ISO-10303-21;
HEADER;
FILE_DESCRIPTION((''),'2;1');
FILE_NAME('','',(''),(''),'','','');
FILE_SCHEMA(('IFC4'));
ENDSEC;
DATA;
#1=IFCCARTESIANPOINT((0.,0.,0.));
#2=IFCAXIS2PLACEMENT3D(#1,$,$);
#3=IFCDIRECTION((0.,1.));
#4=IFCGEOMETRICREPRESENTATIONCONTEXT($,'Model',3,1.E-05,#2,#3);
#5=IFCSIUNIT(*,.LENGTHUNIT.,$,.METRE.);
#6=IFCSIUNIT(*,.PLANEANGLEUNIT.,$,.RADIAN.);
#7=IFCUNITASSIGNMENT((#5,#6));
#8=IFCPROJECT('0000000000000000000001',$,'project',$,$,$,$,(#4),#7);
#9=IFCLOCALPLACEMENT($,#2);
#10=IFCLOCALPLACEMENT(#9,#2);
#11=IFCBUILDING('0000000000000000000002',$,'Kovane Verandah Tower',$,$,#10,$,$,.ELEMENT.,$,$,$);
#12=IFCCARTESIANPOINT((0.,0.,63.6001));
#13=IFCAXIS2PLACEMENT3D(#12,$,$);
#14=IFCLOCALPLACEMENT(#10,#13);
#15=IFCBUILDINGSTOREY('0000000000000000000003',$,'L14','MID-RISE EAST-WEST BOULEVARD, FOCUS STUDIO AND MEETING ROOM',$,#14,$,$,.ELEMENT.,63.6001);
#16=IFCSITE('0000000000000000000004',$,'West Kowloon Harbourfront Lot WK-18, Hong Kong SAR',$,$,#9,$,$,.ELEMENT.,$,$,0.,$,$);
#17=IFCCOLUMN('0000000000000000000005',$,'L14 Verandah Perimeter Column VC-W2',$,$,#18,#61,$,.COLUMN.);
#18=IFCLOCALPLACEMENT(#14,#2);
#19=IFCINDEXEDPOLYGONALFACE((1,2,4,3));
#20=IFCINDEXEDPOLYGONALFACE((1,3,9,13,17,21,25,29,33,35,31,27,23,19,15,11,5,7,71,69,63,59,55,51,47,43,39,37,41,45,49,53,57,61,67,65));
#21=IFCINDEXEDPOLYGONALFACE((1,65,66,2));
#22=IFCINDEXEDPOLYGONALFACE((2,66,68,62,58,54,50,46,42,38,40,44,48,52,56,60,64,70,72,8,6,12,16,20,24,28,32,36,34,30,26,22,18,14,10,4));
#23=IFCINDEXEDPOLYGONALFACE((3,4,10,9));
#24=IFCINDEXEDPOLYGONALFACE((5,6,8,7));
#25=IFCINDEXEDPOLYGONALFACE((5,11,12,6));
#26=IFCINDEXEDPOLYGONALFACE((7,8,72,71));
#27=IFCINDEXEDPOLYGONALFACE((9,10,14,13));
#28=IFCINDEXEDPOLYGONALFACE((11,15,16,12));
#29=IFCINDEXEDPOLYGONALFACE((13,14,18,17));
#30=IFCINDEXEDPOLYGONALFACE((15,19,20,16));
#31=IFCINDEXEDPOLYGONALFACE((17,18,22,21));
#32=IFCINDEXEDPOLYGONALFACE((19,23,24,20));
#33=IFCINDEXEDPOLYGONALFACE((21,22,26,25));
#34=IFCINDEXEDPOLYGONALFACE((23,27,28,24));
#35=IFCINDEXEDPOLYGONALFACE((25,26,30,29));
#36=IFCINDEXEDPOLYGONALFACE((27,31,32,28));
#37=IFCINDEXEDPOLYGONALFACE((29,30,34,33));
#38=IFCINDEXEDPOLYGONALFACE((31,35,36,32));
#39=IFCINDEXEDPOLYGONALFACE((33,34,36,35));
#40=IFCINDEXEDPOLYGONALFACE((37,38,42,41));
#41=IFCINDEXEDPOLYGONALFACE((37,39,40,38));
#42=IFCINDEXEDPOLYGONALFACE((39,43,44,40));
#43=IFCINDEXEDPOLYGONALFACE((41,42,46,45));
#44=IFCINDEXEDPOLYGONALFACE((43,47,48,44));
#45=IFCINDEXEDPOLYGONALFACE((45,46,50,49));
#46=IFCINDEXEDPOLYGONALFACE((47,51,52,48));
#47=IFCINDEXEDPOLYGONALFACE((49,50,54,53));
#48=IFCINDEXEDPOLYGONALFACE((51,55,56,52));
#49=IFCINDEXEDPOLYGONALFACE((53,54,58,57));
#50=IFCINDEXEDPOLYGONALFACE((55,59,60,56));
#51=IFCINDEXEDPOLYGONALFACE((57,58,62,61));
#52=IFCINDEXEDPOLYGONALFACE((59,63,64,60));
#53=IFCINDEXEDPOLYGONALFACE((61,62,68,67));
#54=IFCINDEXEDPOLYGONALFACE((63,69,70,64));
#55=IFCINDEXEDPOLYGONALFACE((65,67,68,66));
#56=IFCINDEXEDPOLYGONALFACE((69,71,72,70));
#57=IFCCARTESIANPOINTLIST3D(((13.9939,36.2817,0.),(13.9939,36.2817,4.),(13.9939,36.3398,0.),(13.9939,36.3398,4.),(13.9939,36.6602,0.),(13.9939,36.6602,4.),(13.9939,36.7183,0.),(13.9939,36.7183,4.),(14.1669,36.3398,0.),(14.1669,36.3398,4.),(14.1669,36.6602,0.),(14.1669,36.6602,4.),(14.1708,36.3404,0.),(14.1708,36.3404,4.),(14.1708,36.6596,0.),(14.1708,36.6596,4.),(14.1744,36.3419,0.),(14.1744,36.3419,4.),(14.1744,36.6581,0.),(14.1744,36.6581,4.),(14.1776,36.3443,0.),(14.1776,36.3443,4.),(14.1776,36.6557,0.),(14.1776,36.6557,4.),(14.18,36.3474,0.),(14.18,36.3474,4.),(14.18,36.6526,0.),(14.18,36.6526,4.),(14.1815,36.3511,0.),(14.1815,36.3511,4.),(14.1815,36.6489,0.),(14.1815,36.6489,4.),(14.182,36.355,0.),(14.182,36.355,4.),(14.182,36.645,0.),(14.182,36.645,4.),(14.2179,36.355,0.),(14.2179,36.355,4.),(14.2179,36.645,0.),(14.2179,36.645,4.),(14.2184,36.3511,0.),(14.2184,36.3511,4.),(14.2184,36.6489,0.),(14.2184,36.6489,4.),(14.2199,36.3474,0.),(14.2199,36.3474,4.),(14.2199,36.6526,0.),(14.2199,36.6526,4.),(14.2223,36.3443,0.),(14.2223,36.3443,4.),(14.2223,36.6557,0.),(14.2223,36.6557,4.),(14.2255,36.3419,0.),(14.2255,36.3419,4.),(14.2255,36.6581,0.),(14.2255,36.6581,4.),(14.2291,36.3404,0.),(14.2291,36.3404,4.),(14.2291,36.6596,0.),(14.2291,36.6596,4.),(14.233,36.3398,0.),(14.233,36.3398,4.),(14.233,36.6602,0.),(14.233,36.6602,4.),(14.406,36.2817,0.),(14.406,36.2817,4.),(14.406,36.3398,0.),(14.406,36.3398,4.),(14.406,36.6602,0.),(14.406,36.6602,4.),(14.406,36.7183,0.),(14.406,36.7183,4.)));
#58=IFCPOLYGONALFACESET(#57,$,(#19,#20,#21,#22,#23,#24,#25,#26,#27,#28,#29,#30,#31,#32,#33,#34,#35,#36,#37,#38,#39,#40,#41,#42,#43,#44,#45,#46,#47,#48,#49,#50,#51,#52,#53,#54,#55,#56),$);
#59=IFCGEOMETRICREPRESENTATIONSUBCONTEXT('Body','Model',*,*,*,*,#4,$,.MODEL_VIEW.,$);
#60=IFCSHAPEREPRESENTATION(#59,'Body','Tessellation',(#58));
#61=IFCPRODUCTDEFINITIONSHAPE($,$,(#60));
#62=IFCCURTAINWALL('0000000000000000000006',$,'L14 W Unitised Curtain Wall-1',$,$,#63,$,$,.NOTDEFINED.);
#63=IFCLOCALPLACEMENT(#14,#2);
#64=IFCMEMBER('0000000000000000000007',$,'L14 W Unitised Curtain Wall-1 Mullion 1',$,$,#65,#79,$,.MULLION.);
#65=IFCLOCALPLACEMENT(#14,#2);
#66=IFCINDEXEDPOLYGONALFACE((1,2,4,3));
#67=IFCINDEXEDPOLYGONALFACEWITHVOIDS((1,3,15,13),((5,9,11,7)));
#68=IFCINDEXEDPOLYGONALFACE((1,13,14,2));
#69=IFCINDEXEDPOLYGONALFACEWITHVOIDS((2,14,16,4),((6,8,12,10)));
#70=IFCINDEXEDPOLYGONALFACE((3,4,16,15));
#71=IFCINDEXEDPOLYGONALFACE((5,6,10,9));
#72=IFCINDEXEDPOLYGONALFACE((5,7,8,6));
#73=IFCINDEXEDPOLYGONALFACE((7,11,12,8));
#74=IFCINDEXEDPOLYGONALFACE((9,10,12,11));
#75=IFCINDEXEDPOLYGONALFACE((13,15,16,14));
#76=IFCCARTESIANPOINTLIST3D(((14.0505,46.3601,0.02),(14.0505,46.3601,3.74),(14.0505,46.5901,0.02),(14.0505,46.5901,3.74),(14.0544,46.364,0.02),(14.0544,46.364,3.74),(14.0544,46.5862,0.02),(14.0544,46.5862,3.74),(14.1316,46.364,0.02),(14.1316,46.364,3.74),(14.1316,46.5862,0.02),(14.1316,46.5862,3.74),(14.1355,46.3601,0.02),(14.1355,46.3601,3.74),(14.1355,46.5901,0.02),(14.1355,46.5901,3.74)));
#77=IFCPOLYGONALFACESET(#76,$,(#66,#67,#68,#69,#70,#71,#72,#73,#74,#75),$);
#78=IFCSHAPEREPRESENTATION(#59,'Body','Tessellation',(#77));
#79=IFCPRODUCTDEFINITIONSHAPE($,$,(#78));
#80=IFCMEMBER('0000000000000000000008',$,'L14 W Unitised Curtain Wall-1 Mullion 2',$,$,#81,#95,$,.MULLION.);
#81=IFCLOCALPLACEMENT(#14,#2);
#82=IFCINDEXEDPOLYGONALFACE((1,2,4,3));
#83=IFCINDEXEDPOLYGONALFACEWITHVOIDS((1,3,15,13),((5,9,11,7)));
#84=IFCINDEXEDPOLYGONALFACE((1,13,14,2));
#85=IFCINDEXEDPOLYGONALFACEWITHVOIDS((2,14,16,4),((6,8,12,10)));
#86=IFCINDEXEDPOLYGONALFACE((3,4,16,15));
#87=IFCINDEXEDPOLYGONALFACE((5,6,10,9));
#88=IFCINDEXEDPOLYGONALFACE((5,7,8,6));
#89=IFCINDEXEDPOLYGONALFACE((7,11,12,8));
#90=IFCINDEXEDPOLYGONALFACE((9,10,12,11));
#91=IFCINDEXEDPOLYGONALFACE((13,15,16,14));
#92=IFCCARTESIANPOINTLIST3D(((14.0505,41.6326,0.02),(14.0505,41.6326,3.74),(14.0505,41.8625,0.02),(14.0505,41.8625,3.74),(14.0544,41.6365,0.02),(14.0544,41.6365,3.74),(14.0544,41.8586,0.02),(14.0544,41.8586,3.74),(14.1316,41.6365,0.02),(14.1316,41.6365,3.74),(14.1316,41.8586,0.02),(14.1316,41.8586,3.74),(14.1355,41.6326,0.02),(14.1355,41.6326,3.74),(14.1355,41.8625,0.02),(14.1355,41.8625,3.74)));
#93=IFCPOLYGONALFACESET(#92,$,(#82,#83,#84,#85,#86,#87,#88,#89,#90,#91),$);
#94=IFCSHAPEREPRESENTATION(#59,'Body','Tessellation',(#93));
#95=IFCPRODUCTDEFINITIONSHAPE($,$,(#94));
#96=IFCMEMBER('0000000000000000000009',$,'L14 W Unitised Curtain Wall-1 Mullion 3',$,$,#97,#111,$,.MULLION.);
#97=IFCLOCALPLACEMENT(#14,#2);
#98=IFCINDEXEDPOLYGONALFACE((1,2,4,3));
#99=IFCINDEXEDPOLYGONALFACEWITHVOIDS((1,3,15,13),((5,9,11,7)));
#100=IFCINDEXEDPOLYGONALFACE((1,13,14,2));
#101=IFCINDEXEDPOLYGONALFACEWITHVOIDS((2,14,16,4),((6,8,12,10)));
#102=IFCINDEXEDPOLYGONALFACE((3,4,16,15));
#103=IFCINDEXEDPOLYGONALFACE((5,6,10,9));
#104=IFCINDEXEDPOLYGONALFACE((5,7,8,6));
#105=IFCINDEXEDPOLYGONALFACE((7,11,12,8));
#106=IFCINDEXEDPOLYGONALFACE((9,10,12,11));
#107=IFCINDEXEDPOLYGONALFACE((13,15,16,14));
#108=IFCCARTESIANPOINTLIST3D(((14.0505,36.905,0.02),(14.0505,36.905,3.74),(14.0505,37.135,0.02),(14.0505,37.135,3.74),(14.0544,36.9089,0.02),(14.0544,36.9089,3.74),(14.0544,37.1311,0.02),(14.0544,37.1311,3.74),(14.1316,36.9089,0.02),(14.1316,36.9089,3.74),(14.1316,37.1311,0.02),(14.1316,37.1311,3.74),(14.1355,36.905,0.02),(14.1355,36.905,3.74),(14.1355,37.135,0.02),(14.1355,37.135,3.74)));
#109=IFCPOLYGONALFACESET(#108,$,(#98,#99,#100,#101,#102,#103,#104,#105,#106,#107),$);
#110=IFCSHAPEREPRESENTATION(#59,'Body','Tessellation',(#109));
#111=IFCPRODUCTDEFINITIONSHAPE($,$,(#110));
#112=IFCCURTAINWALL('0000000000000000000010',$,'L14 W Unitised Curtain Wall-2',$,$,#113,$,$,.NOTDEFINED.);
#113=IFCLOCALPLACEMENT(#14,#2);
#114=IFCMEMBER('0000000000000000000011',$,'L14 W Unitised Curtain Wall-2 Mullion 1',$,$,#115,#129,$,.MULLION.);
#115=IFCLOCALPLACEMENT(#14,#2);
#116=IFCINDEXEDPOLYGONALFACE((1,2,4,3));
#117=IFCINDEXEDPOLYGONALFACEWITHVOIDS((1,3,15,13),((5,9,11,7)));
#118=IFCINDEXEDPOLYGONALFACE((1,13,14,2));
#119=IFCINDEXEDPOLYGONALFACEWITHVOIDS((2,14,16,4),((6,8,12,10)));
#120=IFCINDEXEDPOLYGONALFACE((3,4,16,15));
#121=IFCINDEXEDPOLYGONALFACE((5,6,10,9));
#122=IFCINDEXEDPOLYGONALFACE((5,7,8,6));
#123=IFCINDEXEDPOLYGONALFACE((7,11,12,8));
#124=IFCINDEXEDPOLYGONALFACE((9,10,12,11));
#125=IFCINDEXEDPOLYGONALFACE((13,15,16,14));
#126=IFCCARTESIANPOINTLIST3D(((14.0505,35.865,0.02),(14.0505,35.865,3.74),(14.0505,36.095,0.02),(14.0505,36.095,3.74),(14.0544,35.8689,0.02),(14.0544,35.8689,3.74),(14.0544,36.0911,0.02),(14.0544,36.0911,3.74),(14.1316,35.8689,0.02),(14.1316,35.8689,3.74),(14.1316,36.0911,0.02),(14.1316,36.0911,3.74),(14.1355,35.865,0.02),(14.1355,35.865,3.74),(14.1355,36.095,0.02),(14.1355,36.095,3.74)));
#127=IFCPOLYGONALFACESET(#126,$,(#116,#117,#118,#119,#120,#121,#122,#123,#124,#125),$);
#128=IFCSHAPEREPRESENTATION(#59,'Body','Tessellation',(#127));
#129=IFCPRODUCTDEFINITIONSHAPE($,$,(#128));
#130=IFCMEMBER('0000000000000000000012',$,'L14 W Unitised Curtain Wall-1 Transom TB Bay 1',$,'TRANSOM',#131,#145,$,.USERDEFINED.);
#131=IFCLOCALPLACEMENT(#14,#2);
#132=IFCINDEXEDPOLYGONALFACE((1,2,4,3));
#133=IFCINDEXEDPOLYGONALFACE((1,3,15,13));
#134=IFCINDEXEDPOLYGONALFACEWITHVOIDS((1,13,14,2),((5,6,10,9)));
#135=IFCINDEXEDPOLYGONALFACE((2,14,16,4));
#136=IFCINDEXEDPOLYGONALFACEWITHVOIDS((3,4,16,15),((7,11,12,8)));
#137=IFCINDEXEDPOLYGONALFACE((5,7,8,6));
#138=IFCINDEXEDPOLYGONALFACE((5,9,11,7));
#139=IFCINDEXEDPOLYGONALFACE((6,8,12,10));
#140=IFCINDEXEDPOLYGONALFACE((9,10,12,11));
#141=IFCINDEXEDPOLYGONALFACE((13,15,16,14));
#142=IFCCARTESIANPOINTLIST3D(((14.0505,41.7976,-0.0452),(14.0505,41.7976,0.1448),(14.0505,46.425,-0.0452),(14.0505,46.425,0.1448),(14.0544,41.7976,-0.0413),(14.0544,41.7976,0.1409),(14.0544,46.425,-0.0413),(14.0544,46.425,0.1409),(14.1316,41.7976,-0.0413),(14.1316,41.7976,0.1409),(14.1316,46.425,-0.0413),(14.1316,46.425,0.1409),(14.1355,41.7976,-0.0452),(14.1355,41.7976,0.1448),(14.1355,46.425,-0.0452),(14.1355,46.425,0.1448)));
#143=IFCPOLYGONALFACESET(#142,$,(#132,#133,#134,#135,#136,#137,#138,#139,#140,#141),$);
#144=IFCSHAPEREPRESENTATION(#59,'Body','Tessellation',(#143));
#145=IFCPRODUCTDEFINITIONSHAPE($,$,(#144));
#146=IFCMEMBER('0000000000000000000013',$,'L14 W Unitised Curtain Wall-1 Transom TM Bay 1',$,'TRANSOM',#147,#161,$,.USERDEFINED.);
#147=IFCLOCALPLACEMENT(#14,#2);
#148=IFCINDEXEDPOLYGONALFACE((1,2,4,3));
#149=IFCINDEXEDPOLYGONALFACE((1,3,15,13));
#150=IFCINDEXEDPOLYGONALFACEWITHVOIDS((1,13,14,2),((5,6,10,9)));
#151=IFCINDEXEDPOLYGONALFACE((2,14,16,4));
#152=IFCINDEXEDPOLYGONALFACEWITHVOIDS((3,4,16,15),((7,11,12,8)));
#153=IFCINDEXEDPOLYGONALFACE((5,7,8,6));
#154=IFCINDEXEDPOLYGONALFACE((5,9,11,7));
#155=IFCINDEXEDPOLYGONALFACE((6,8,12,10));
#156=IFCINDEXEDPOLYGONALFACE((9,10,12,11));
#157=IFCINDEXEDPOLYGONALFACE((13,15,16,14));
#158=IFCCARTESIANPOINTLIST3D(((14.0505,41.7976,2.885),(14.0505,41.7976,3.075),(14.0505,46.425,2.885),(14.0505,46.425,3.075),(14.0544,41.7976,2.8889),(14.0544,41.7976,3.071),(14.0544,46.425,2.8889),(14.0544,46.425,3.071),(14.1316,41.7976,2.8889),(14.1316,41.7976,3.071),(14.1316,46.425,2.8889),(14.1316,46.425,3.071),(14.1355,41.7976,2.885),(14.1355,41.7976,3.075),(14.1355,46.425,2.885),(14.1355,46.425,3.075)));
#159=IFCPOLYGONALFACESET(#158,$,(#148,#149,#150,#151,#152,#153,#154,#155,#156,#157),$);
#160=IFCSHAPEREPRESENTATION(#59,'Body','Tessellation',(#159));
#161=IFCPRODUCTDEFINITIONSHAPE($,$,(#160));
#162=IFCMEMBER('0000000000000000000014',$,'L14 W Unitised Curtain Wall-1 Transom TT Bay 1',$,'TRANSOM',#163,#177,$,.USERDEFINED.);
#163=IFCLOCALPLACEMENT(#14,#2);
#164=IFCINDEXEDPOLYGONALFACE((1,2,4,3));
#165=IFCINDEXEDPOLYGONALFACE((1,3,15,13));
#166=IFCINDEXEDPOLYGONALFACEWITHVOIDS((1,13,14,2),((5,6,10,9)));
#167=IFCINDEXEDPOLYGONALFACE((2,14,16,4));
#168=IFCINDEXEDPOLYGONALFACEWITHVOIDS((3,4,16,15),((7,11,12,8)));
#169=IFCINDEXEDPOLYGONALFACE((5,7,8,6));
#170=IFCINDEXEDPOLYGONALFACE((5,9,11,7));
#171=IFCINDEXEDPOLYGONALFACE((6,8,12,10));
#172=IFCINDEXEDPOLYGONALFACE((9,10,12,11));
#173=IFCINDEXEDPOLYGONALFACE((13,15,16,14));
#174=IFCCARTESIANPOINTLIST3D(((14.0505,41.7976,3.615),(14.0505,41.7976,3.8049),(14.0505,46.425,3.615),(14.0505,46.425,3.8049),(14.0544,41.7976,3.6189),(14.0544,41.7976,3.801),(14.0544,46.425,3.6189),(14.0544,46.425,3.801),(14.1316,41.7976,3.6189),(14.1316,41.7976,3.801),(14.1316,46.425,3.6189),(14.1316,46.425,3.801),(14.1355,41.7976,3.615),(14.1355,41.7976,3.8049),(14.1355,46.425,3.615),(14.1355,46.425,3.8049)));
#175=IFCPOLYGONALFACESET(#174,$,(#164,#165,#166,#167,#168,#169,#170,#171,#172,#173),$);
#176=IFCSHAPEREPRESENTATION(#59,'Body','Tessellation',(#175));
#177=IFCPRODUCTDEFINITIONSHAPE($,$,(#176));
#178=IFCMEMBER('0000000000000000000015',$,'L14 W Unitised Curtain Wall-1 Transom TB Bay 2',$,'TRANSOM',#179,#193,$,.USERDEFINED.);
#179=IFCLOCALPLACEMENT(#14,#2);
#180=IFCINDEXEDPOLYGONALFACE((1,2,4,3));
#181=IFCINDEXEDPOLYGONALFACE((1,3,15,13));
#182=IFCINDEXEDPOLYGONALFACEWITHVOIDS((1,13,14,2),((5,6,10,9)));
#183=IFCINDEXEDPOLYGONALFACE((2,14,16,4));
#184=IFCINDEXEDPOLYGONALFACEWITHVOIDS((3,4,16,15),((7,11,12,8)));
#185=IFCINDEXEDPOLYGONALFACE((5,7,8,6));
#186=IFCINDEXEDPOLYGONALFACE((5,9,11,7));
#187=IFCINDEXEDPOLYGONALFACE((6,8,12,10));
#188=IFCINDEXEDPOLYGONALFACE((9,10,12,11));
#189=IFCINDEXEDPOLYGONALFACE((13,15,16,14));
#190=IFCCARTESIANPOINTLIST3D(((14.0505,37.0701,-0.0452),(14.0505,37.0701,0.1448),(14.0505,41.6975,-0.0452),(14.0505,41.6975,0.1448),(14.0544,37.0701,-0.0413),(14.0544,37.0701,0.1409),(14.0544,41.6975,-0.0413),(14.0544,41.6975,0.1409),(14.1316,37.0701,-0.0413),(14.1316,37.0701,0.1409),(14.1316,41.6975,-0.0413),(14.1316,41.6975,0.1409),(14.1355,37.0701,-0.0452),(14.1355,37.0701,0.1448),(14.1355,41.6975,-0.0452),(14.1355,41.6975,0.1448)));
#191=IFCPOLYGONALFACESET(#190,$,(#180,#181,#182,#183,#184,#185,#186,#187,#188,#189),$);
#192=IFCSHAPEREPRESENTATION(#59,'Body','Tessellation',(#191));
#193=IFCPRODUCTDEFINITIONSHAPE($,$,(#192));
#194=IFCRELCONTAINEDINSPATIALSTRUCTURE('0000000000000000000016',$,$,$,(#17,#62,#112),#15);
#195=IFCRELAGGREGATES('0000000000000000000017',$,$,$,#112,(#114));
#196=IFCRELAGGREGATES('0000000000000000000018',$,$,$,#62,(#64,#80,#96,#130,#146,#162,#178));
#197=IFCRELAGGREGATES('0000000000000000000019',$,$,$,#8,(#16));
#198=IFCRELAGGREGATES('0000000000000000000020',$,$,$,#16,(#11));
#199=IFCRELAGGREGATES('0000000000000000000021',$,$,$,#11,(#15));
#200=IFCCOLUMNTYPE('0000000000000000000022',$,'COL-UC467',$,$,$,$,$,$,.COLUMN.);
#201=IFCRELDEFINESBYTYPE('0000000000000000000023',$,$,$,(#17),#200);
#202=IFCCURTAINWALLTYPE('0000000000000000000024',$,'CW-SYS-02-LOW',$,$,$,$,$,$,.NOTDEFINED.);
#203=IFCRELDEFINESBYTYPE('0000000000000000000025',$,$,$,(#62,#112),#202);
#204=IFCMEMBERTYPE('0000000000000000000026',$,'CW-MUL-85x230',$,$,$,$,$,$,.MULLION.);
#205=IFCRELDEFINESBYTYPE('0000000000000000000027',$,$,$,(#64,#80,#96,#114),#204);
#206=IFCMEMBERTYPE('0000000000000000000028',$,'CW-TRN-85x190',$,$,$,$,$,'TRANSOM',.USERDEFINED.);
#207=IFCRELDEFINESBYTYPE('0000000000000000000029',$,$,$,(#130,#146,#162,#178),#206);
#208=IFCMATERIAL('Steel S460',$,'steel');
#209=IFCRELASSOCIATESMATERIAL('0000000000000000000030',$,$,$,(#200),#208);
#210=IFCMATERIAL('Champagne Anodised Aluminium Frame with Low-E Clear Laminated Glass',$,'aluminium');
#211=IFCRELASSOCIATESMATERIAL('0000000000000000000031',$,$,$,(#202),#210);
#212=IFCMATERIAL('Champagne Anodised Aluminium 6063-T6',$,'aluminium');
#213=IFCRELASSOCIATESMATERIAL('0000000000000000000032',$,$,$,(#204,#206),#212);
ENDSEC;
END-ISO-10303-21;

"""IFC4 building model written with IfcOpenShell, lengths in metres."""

from ifc_helpers import new_model, si_unit, direction, frame, origin, origin_2d, place, context, subcontext, project, spatial, hollow_rectangle, i_section, extrude, material, material_profile, profile_set, type_object, element, aggregate, save


model = new_model("IFC4")

# Units and contexts
model_context = context("Model", 3, precision=1e-05, world=origin(), true_north=direction((0.0, 1.0)))
body_context = subcontext(model_context, "Body", "Model", "MODEL_VIEW")
ifc_project = project(units=[si_unit("LENGTHUNIT", "METRE"), si_unit("PLANEANGLEUNIT", "RADIAN")], contexts=[model_context])

# Site, building, storey
site_placement = place(None, origin())
site = spatial("IfcSite", under=ifc_project, at=site_placement, Name="West Kowloon Harbourfront Lot WK-18, Hong Kong SAR", CompositionType="ELEMENT", RefElevation=0.0)
building_placement = place(site_placement, origin())
building = spatial("IfcBuilding", under=site, at=building_placement, Name="Kovane Verandah Tower", CompositionType="ELEMENT")
storey_placement = place(building_placement, frame((0.0, 0.0, 63.6001)))
storey = spatial("IfcBuildingStorey", under=building, at=storey_placement, Name="L14", Description="MID-RISE EAST-WEST BOULEVARD, FOCUS STUDIO AND MEETING ROOM", CompositionType="ELEMENT", Elevation=63.6001)

# Column
ifc_material_1 = material(Name="Steel S460", Category="steel")
ifc_material_profile_1 = material_profile(ifc_material_1, i_section(OverallWidth=0.4121, OverallDepth=0.4365, WebThickness=0.0359, FlangeThickness=0.0581, FilletRadius=0.0151, at=origin_2d()), Name="UC356x406x467")
ifc_profile_set_1 = profile_set([ifc_material_profile_1], Name="Steel S460")
column_type = type_object("IfcColumnType", Name="COL-UC467", PredefinedType="COLUMN", material=ifc_profile_set_1)
column_placement = place(storey_placement, frame((14.2, 36.5, 0.0), z_axis=(0.0, 0.0, 1.0), x_axis=(1.0, 0.0, 0.0)))
element("IfcColumn", 1, at=column_placement, inside=storey, type_object=column_type, Name="L14 Verandah Perimeter Column VC-W2", PredefinedType="COLUMN", context=body_context, shape_type="SweptSolid", body=[
    extrude(i_section(OverallWidth=0.4121, OverallDepth=0.4365, WebThickness=0.0359, FlangeThickness=0.0581, FilletRadius=0.0151, at=origin_2d()), origin(), (0.0, 0.0, 1.0), 4.0),
])

# Curtain wall, members
ifc_material_2 = material(Name="Champagne Anodised Aluminium Frame with Low-E Clear Laminated Glass", Category="aluminium")
curtain_wall_type = type_object("IfcCurtainWallType", Name="CW-SYS-02-LOW", PredefinedType="NOTDEFINED", material=ifc_material_2)
curtain_wall_1_placement = place(storey_placement, origin())
curtain_wall_1 = element("IfcCurtainWall", 2, at=curtain_wall_1_placement, inside=storey, type_object=curtain_wall_type, Name="L14 W Unitised Curtain Wall-1", PredefinedType="NOTDEFINED")
ifc_material_3 = material(Name="Champagne Anodised Aluminium 6063-T6", Category="aluminium")
ifc_material_profile_2 = material_profile(ifc_material_3, hollow_rectangle(XDim=0.085, YDim=0.23, WallThickness=0.0039, at=origin_2d()), Name="AL85x230x4")
ifc_profile_set_2 = profile_set([ifc_material_profile_2], Name="Champagne Anodised Aluminium 6063-T6")
member_type_1 = type_object("IfcMemberType", Name="CW-MUL-85x230", PredefinedType="MULLION", material=ifc_profile_set_2)
member_1_placement = place(storey_placement, frame((14.093, 46.4751, 0.02), z_axis=(0.0, 0.0, 1.0), x_axis=(-1.0, 0.0, 0.0)))
member_1 = element("IfcMember", 3, at=member_1_placement, type_object=member_type_1, Name="L14 W Unitised Curtain Wall-1 Mullion 1", PredefinedType="MULLION", context=body_context, shape_type="SweptSolid", body=[
    extrude(hollow_rectangle(XDim=0.085, YDim=0.23, WallThickness=0.0039, at=origin_2d()), origin(), (0.0, 0.0, 1.0), 3.72),
])
member_2_placement = place(storey_placement, frame((14.093, 41.7476, 0.02), z_axis=(0.0, 0.0, 1.0), x_axis=(-1.0, 0.0, 0.0)))
member_2 = element("IfcMember", 4, at=member_2_placement, type_object=member_type_1, Name="L14 W Unitised Curtain Wall-1 Mullion 2", PredefinedType="MULLION", context=body_context, shape_type="SweptSolid", body=[
    extrude(hollow_rectangle(XDim=0.085, YDim=0.23, WallThickness=0.0039, at=origin_2d()), origin(), (0.0, 0.0, 1.0), 3.72),
])
member_3_placement = place(storey_placement, frame((14.093, 37.02, 0.02), z_axis=(0.0, 0.0, 1.0), x_axis=(-1.0, 0.0, 0.0)))
member_3 = element("IfcMember", 5, at=member_3_placement, type_object=member_type_1, Name="L14 W Unitised Curtain Wall-1 Mullion 3", PredefinedType="MULLION", context=body_context, shape_type="SweptSolid", body=[
    extrude(hollow_rectangle(XDim=0.085, YDim=0.23, WallThickness=0.0039, at=origin_2d()), origin(), (0.0, 0.0, 1.0), 3.72),
])

# Curtain wall, member
curtain_wall_2_placement = place(storey_placement, origin())
curtain_wall_2 = element("IfcCurtainWall", 6, at=curtain_wall_2_placement, inside=storey, type_object=curtain_wall_type, Name="L14 W Unitised Curtain Wall-2", PredefinedType="NOTDEFINED")
member_4_placement = place(storey_placement, frame((14.093, 35.98, 0.02), z_axis=(0.0, 0.0, 1.0), x_axis=(-1.0, 0.0, 0.0)))
member_4 = element("IfcMember", 7, at=member_4_placement, type_object=member_type_1, Name="L14 W Unitised Curtain Wall-2 Mullion 1", PredefinedType="MULLION", context=body_context, shape_type="SweptSolid", body=[
    extrude(hollow_rectangle(XDim=0.085, YDim=0.23, WallThickness=0.0039, at=origin_2d()), origin(), (0.0, 0.0, 1.0), 3.72),
])

# Members
ifc_material_profile_3 = material_profile(ifc_material_3, hollow_rectangle(XDim=0.085, YDim=0.1899, WallThickness=0.0039, at=origin_2d()), Name="AL85x190x4")
ifc_profile_set_3 = profile_set([ifc_material_profile_3], Name="Champagne Anodised Aluminium 6063-T6")
member_type_2 = type_object("IfcMemberType", Name="CW-TRN-85x190", ElementType="TRANSOM", PredefinedType="USERDEFINED", material=ifc_profile_set_3)
member_5_placement = place(storey_placement, frame((14.093, 46.425, 0.0498), z_axis=(0.0, -1.0, 0.0), x_axis=(1.0, 0.0, 0.0)))
member_5 = element("IfcMember", 8, at=member_5_placement, type_object=member_type_2, Name="L14 W Unitised Curtain Wall-1 Transom TB Bay 1", ObjectType="TRANSOM", PredefinedType="USERDEFINED", context=body_context, shape_type="SweptSolid", body=[
    extrude(hollow_rectangle(XDim=0.085, YDim=0.1899, WallThickness=0.0039, at=origin_2d()), origin(), (0.0, 0.0, 1.0), 4.6274),
])
member_6_placement = place(storey_placement, frame((14.093, 46.425, 2.98), z_axis=(0.0, -1.0, 0.0), x_axis=(1.0, 0.0, 0.0)))
member_6 = element("IfcMember", 9, at=member_6_placement, type_object=member_type_2, Name="L14 W Unitised Curtain Wall-1 Transom TM Bay 1", ObjectType="TRANSOM", PredefinedType="USERDEFINED", context=body_context, shape_type="SweptSolid", body=[
    extrude(hollow_rectangle(XDim=0.085, YDim=0.1899, WallThickness=0.0039, at=origin_2d()), origin(), (0.0, 0.0, 1.0), 4.6274),
])
member_7_placement = place(storey_placement, frame((14.093, 46.425, 3.71), z_axis=(0.0, -1.0, 0.0), x_axis=(1.0, 0.0, 0.0)))
member_7 = element("IfcMember", 10, at=member_7_placement, type_object=member_type_2, Name="L14 W Unitised Curtain Wall-1 Transom TT Bay 1", ObjectType="TRANSOM", PredefinedType="USERDEFINED", context=body_context, shape_type="SweptSolid", body=[
    extrude(hollow_rectangle(XDim=0.085, YDim=0.1899, WallThickness=0.0039, at=origin_2d()), origin(), (0.0, 0.0, 1.0), 4.6274),
])
member_8_placement = place(storey_placement, frame((14.093, 41.6975, 0.0498), z_axis=(0.0, -1.0, 0.0), x_axis=(1.0, 0.0, 0.0)))
member_8 = element("IfcMember", 11, at=member_8_placement, type_object=member_type_2, Name="L14 W Unitised Curtain Wall-1 Transom TB Bay 2", ObjectType="TRANSOM", PredefinedType="USERDEFINED", context=body_context, shape_type="SweptSolid", body=[
    extrude(hollow_rectangle(XDim=0.085, YDim=0.1899, WallThickness=0.0039, at=origin_2d()), origin(), (0.0, 0.0, 1.0), 4.6274),
])
aggregate(curtain_wall_2, [member_4])

aggregate(curtain_wall_1, [member_1, member_2, member_3, member_5, member_6, member_7, member_8])

save(model, "model.ifc")
